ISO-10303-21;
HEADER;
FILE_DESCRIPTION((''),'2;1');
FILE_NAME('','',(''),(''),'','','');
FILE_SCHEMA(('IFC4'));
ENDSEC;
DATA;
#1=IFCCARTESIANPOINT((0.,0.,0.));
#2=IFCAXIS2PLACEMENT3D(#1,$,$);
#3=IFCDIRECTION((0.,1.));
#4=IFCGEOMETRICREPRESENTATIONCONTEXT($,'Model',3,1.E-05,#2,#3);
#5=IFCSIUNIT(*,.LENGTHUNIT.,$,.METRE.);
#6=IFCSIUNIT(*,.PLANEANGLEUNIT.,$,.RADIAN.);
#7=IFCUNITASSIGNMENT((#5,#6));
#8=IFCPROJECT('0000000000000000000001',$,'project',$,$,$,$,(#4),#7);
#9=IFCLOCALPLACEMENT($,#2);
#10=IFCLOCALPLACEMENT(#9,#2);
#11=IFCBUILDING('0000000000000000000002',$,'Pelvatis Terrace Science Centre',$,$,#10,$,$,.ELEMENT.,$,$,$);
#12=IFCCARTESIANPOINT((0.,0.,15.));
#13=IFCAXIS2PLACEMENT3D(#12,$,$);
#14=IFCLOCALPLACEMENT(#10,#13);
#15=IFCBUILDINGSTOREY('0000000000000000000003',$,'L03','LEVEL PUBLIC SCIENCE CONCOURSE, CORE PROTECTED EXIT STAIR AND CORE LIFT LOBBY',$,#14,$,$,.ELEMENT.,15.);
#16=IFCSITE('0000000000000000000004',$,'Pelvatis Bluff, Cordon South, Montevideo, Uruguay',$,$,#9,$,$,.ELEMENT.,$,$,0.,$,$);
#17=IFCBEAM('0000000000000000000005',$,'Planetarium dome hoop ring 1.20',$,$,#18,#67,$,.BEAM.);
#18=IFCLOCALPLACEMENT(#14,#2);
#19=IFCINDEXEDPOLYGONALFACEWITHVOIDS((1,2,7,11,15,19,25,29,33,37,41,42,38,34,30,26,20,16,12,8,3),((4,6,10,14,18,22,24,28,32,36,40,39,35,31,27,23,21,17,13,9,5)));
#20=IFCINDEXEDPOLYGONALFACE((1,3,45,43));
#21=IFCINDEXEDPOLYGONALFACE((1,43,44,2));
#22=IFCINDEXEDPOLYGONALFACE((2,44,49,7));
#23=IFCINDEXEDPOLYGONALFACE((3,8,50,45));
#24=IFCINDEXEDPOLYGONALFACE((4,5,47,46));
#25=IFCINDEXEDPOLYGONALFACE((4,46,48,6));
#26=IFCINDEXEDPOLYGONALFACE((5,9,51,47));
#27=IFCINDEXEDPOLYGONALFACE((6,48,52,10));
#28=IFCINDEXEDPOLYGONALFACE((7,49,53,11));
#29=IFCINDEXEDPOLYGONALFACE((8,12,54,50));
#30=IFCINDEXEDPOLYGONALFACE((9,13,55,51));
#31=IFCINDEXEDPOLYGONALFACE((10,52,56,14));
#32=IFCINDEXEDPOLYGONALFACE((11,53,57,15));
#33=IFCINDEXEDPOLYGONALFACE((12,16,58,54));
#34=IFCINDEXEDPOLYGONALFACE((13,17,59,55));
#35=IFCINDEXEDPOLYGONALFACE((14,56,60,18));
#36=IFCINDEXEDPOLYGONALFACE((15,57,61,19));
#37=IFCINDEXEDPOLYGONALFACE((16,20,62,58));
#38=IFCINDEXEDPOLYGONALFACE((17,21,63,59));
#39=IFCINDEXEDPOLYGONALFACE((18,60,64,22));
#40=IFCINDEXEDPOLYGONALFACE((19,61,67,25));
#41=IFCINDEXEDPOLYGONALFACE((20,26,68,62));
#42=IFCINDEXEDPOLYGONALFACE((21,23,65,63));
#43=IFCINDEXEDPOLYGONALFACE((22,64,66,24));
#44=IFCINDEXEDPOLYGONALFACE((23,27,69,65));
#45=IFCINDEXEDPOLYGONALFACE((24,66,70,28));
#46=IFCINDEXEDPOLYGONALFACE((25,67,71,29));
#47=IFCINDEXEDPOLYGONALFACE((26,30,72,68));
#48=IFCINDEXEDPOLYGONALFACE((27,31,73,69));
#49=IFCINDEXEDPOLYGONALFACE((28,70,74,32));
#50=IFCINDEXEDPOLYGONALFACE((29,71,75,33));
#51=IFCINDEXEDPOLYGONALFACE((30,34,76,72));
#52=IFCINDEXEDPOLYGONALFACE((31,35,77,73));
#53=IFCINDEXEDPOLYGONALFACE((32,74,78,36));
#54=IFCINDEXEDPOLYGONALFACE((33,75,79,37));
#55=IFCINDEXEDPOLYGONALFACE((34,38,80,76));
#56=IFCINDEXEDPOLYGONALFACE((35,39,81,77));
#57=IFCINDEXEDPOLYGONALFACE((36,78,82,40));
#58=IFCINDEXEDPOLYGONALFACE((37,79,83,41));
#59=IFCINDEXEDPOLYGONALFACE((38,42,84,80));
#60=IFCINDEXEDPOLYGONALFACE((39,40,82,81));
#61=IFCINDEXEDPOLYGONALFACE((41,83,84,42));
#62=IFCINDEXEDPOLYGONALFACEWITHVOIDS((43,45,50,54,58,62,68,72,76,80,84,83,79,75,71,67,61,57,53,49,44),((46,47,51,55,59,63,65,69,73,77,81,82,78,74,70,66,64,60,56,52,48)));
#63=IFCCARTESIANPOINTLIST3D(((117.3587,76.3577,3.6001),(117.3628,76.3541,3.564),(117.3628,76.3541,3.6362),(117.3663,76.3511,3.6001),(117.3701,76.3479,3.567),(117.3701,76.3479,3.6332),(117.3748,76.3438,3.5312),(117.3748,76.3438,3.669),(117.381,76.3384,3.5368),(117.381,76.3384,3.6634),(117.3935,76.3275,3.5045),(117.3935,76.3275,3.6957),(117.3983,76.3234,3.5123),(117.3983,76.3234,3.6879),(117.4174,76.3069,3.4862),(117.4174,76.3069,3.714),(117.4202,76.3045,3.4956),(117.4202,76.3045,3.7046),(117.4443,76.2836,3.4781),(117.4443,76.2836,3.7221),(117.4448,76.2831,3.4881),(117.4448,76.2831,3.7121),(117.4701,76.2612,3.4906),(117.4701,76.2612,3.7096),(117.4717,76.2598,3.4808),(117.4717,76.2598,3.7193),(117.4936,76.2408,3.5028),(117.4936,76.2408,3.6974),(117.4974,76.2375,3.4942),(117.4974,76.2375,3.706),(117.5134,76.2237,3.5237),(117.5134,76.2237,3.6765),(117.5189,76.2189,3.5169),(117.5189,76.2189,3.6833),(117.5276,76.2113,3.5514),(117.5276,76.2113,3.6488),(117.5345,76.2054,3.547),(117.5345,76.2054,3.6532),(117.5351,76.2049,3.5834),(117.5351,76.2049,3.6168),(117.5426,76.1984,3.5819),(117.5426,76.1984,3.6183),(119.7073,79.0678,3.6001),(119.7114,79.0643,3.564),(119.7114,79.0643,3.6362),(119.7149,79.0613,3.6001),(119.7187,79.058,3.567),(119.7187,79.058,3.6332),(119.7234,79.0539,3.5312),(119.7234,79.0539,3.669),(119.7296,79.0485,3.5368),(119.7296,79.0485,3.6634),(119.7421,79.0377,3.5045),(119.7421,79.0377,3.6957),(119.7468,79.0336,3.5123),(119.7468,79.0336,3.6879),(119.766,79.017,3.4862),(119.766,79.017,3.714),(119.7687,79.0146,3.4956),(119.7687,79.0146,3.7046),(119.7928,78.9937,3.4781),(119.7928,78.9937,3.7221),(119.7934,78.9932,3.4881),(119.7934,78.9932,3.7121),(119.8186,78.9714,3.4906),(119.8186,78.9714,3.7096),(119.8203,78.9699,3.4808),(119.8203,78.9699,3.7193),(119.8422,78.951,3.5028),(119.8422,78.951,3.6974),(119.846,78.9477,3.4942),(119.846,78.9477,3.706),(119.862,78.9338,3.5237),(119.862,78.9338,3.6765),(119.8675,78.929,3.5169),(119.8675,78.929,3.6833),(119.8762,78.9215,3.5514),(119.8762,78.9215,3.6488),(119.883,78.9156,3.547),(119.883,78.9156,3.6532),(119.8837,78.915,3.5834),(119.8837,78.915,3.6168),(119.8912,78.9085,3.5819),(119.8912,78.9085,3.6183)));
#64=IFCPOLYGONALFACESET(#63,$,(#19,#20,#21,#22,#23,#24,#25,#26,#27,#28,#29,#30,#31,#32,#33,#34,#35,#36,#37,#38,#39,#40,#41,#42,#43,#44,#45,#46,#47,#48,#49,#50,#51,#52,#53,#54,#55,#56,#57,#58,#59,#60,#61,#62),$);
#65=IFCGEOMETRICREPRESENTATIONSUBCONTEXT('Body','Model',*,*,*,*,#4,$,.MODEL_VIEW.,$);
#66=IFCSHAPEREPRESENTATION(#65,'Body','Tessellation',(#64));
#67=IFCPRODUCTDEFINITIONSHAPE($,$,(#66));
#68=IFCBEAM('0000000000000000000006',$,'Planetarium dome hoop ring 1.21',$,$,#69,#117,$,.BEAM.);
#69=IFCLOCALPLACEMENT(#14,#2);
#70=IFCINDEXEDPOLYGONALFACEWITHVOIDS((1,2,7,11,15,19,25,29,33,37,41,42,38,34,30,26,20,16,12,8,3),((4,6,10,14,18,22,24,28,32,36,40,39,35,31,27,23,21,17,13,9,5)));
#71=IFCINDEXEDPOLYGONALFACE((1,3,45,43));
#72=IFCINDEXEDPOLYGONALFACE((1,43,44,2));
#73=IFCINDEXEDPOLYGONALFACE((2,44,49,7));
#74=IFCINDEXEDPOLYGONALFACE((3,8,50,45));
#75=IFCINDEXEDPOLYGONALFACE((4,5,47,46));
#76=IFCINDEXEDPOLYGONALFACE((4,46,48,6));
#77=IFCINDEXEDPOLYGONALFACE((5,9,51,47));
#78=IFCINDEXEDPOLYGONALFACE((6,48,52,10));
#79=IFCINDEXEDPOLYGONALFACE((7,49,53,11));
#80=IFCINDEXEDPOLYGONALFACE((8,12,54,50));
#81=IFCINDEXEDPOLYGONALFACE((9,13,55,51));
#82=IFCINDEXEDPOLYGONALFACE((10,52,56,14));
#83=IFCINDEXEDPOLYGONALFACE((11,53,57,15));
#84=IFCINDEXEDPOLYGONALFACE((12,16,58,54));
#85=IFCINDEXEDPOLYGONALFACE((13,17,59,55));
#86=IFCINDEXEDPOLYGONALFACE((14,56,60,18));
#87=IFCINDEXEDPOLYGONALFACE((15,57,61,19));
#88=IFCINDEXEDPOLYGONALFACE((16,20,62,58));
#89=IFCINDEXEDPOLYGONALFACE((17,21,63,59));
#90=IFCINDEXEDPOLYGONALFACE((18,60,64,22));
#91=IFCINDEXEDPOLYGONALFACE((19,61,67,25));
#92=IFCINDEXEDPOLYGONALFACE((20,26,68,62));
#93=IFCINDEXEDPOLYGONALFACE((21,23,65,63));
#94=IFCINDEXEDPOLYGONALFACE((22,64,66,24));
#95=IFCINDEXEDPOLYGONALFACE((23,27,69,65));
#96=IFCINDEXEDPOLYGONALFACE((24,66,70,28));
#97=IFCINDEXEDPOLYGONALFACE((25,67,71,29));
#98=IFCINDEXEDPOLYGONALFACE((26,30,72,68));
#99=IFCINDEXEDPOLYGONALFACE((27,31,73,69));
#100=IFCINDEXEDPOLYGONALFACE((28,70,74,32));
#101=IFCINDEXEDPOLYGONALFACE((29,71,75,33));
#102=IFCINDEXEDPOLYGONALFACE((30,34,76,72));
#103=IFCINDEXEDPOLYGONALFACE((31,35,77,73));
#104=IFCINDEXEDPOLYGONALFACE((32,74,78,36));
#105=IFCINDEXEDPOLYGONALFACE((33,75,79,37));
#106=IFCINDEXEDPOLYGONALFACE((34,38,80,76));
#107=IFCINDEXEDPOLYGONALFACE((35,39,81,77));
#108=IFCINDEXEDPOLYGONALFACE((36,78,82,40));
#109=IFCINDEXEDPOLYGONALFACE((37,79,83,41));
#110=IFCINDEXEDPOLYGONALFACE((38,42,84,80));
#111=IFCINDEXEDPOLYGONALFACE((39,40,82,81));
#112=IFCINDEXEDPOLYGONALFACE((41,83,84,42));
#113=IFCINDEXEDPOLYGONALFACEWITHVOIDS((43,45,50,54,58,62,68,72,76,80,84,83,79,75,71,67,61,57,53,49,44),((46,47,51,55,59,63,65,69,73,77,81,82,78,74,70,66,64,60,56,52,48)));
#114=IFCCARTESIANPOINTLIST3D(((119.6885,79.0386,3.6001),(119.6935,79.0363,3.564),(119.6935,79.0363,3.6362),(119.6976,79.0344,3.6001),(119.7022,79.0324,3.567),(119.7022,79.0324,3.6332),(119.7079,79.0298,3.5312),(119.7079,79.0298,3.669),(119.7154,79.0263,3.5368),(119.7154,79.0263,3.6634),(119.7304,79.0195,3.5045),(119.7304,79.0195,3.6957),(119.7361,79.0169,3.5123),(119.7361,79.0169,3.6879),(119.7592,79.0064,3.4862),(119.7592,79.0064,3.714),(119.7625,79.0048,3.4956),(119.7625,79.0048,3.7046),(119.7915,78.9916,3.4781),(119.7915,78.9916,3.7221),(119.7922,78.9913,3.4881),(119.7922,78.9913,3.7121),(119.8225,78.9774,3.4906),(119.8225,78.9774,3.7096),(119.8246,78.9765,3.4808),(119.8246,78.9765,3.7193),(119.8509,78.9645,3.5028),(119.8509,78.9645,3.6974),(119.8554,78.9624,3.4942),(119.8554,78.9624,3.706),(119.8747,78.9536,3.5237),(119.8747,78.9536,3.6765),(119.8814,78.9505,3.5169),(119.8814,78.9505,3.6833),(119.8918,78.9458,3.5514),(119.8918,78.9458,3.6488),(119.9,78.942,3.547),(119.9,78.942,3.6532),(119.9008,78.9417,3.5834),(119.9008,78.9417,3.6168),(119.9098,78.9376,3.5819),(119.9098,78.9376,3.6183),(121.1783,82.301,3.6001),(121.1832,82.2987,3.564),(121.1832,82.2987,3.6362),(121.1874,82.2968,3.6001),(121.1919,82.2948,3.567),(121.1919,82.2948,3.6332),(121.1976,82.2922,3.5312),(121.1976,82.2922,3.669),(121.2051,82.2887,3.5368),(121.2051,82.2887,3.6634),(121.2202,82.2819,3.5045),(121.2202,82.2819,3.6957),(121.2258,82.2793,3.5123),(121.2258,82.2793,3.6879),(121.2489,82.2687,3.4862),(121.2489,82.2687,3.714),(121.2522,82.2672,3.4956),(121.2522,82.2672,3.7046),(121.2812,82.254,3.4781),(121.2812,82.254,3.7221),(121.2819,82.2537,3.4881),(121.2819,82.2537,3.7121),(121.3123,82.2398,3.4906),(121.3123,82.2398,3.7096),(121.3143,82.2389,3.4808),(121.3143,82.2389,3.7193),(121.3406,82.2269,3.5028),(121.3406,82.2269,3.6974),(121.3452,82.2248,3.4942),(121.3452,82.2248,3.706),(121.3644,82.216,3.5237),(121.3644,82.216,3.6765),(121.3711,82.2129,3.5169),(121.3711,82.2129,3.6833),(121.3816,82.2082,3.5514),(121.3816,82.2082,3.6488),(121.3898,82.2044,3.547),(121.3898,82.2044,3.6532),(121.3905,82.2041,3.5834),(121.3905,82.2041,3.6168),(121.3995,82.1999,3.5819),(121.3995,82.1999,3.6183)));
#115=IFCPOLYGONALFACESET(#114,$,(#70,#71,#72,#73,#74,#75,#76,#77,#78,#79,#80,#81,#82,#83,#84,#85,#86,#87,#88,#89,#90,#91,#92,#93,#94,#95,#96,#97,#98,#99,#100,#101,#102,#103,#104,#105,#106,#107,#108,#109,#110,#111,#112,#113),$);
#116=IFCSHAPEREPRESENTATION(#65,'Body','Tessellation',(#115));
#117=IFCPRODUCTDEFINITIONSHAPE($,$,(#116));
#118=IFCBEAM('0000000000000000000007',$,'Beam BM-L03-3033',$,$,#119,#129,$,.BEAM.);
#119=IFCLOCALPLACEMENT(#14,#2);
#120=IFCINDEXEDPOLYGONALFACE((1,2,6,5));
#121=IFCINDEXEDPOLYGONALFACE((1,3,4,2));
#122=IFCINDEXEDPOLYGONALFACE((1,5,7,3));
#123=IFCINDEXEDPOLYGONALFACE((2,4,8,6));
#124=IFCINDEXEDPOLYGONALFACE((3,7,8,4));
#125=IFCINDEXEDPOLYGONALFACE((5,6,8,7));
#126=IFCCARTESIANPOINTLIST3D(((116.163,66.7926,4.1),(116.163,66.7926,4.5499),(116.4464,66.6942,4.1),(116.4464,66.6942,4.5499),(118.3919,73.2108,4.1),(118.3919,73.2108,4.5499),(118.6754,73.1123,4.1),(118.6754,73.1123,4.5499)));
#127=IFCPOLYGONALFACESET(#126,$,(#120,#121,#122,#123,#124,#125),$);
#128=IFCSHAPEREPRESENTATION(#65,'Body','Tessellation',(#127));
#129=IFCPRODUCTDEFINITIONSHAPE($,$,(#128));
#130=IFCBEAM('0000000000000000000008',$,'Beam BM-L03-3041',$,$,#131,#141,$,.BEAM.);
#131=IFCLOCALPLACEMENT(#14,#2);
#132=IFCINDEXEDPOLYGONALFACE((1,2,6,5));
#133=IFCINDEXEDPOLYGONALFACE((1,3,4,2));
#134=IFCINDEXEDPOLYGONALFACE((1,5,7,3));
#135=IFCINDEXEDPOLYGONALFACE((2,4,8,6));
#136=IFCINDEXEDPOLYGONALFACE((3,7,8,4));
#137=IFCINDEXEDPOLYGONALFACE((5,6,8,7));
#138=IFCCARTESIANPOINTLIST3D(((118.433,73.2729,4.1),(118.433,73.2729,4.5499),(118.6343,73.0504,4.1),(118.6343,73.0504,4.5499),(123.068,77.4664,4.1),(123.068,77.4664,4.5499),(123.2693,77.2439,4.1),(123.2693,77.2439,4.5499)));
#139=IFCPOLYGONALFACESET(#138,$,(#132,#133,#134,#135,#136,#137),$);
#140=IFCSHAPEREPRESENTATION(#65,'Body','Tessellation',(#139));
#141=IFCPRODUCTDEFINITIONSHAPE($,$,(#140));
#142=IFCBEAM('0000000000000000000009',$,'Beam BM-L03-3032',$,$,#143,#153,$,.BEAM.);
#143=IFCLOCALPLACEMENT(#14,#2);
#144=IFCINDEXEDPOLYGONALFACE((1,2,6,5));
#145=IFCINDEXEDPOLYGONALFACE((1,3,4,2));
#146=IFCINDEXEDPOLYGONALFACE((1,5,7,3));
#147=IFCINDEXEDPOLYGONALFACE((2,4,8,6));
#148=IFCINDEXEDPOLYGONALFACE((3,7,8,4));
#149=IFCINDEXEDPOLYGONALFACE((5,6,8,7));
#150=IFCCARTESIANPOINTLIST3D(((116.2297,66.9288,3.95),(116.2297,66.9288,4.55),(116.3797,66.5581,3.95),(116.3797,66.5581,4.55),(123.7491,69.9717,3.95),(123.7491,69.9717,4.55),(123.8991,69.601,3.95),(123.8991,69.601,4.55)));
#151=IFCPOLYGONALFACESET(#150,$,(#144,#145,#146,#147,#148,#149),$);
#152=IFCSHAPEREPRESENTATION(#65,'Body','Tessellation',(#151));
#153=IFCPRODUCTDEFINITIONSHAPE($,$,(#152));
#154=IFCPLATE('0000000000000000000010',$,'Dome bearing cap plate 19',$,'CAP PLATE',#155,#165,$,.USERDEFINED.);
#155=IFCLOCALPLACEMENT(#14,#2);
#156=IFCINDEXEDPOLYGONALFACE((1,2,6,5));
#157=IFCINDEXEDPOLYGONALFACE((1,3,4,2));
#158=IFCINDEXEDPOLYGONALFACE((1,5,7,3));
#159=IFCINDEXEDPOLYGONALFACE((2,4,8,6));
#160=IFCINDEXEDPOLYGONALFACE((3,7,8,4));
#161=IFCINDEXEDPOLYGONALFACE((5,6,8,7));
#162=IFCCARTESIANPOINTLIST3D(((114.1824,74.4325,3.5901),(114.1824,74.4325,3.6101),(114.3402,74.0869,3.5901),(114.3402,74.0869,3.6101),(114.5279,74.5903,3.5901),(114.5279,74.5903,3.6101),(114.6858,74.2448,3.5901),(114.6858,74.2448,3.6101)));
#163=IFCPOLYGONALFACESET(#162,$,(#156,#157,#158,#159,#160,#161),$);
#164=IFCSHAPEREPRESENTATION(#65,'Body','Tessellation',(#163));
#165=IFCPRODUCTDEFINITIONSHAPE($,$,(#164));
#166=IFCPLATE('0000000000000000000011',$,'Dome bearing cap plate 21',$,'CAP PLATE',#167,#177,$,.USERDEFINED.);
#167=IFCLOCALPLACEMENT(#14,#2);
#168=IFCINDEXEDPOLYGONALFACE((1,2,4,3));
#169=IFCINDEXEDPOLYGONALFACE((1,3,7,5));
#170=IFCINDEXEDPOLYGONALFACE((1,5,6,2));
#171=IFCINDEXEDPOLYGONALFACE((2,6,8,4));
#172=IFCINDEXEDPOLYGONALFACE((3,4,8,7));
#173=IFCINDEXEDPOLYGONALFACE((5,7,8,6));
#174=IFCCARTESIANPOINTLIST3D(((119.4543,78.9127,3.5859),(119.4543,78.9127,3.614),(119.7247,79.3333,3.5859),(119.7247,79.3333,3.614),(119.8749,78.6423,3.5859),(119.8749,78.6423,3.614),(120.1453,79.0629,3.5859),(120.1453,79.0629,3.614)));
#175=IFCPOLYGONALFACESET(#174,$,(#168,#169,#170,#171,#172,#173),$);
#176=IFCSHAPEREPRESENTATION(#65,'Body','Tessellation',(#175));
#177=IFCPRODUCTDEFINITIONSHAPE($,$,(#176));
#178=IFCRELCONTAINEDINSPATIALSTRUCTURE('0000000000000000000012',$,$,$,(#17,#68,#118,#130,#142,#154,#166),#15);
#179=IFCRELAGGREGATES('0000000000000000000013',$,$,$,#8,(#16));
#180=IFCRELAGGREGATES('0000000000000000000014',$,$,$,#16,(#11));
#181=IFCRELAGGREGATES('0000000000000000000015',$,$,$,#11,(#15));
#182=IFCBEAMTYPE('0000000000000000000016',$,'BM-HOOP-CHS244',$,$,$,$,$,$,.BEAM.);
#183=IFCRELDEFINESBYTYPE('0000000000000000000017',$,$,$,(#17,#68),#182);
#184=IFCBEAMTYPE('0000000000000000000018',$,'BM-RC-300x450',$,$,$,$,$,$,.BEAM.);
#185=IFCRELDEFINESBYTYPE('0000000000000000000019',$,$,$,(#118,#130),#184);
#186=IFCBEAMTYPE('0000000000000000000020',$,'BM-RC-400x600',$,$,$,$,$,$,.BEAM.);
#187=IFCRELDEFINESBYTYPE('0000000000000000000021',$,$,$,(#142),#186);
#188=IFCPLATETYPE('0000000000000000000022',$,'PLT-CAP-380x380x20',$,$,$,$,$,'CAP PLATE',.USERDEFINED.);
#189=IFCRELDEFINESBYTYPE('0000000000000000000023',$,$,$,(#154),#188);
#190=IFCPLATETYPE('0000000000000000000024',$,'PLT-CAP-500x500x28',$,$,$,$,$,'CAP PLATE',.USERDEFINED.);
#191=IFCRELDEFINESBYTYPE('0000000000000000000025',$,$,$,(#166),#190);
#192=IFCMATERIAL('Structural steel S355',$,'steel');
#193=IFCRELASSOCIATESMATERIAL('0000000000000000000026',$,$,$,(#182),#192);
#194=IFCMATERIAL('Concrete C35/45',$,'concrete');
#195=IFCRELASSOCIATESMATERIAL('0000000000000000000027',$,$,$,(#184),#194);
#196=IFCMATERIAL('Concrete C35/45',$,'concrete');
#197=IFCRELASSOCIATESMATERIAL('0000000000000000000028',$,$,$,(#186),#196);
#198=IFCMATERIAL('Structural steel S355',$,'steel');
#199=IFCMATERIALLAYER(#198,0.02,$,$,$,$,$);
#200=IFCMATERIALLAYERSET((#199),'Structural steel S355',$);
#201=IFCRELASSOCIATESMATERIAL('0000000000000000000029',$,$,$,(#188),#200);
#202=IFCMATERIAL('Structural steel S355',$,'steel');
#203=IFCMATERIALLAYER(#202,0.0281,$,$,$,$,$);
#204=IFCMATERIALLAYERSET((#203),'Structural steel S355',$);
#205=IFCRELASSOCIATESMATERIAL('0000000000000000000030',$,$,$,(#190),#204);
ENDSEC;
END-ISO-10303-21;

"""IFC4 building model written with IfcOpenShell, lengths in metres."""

from ifc_helpers import new_model, si_unit, direction, frame, origin, origin_2d, place, context, subcontext, project, spatial, rectangle, hollow_circle, extrude, material, layer, layer_set, material_profile, profile_set, type_object, element, save


model = new_model("IFC4")

# Units and contexts
model_context = context("Model", 3, precision=1e-05, world=origin(), true_north=direction((0.0, 1.0)))
body_context = subcontext(model_context, "Body", "Model", "MODEL_VIEW")
ifc_project = project(units=[si_unit("LENGTHUNIT", "METRE"), si_unit("PLANEANGLEUNIT", "RADIAN")], contexts=[model_context])

# Site, building, storey
site_placement = place(None, origin())
site = spatial("IfcSite", under=ifc_project, at=site_placement, Name="Pelvatis Bluff, Cordon South, Montevideo, Uruguay", CompositionType="ELEMENT", RefElevation=0.0)
building_placement = place(site_placement, origin())
building = spatial("IfcBuilding", under=site, at=building_placement, Name="Pelvatis Terrace Science Centre", CompositionType="ELEMENT")
storey_placement = place(building_placement, frame((0.0, 0.0, 15.0)))
storey = spatial("IfcBuildingStorey", under=building, at=storey_placement, Name="L03", Description="LEVEL PUBLIC SCIENCE CONCOURSE, CORE PROTECTED EXIT STAIR AND CORE LIFT LOBBY", CompositionType="ELEMENT", Elevation=15.0)

# Beams
ifc_material_1 = material(Name="Structural steel S355", Category="steel")
ifc_material_profile_1 = material_profile(ifc_material_1, hollow_circle(Radius=0.1223, WallThickness=0.01, at=origin_2d()), Name="CHS 244.5x10.0")
ifc_profile_set_1 = profile_set([ifc_material_profile_1], Name="Structural steel S355")
beam_type_1 = type_object("IfcBeamType", Name="BM-HOOP-CHS244", PredefinedType="BEAM", material=ifc_profile_set_1)
beam_1_placement = place(storey_placement, frame((117.4512, 76.2776, 3.6001), z_axis=(0.654897, 0.755718, 0.0), x_axis=(-0.755718, 0.654897, 0.0)))
element("IfcBeam", 1, at=beam_1_placement, inside=storey, type_object=beam_type_1, Name="Planetarium dome hoop ring 1.20", PredefinedType="BEAM", context=body_context, shape_type="SweptSolid", body=[
    extrude(hollow_circle(Radius=0.1223, WallThickness=0.01, at=origin_2d()), origin(), (0.0, 0.0, 1.0), 3.5862),
])
beam_2_placement = place(storey_placement, frame((119.7998, 78.9878, 3.6001), z_axis=(0.415377, 0.909649, 0.0), x_axis=(-0.909649, 0.415377, 0.0)))
element("IfcBeam", 2, at=beam_2_placement, inside=storey, type_object=beam_type_1, Name="Planetarium dome hoop ring 1.21", PredefinedType="BEAM", context=body_context, shape_type="SweptSolid", body=[
    extrude(hollow_circle(Radius=0.1223, WallThickness=0.01, at=origin_2d()), origin(), (0.0, 0.0, 1.0), 3.5864),
])
ifc_material_2 = material(Name="Concrete C35/45", Category="concrete")
ifc_material_profile_2 = material_profile(ifc_material_2, rectangle(XDim=0.3, YDim=0.45, at=origin_2d()), Name="RC-BM 300x450")
ifc_profile_set_2 = profile_set([ifc_material_profile_2], Name="Concrete C35/45")
beam_type_2 = type_object("IfcBeamType", Name="BM-RC-300x450", PredefinedType="BEAM", material=ifc_profile_set_2)
beam_3_placement = place(storey_placement, frame((116.3047, 66.7434, 4.325), z_axis=(0.328072, 0.944653, 0.0), x_axis=(-0.944653, 0.328072, 0.0)))
element("IfcBeam", 3, at=beam_3_placement, inside=storey, type_object=beam_type_2, Name="Beam BM-L03-3033", PredefinedType="BEAM", context=body_context, shape_type="SweptSolid", body=[
    extrude(rectangle(XDim=0.3, YDim=0.45, at=origin_2d()), origin(), (0.0, 0.0, 1.0), 6.7942),
])
beam_4_placement = place(storey_placement, frame((118.5337, 73.1616, 4.325), z_axis=(0.741534, 0.670915, 0.0), x_axis=(-0.670915, 0.741534, 0.0)))
element("IfcBeam", 4, at=beam_4_placement, inside=storey, type_object=beam_type_2, Name="Beam BM-L03-3041", PredefinedType="BEAM", context=body_context, shape_type="SweptSolid", body=[
    extrude(rectangle(XDim=0.3, YDim=0.45, at=origin_2d()), origin(), (0.0, 0.0, 1.0), 6.2505),
])
ifc_material_3 = material(Name="Concrete C35/45", Category="concrete")
ifc_material_profile_3 = material_profile(ifc_material_3, rectangle(XDim=0.3999, YDim=0.6001, at=origin_2d()), Name="RC-BM 400x600")
ifc_profile_set_3 = profile_set([ifc_material_profile_3], Name="Concrete C35/45")
beam_type_3 = type_object("IfcBeamType", Name="BM-RC-400x600", PredefinedType="BEAM", material=ifc_profile_set_3)
beam_5_placement = place(storey_placement, frame((116.3047, 66.7434, 4.25), z_axis=(0.926975, 0.375124, 0.0), x_axis=(-0.375124, 0.926975, 0.0)))
element("IfcBeam", 5, at=beam_5_placement, inside=storey, type_object=beam_type_3, Name="Beam BM-L03-3032", PredefinedType="BEAM", context=body_context, shape_type="SweptSolid", body=[
    extrude(rectangle(XDim=0.3999, YDim=0.6001, at=origin_2d()), origin(), (0.0, 0.0, 1.0), 8.1118),
])

# Plates
ifc_material_4 = material(Name="Structural steel S355", Category="steel")
ifc_layer_1 = layer(ifc_material_4, 0.02)
ifc_layer_set_1 = layer_set([ifc_layer_1], Name="Structural steel S355")
plate_type_1 = type_object("IfcPlateType", Name="PLT-CAP-380x380x20", ElementType="CAP PLATE", PredefinedType="USERDEFINED", material=ifc_layer_set_1)
plate_1_placement = place(storey_placement, frame((114.4341, 74.3386, 3.5901), z_axis=(0.0, 0.0, 1.0), x_axis=(0.415487, -0.909599, 0.0)))
element("IfcPlate", 6, at=plate_1_placement, inside=storey, type_object=plate_type_1, Name="Dome bearing cap plate 19", ObjectType="CAP PLATE", PredefinedType="USERDEFINED", context=body_context, shape_type="SweptSolid", body=[
    extrude(rectangle(XDim=0.3799, YDim=0.3799, at=origin_2d()), origin(), (0.0, 0.0, 1.0), 0.02),
])
ifc_material_5 = material(Name="Structural steel S355", Category="steel")
ifc_layer_2 = layer(ifc_material_5, 0.0281)
ifc_layer_set_2 = layer_set([ifc_layer_2], Name="Structural steel S355")
plate_type_2 = type_object("IfcPlateType", Name="PLT-CAP-500x500x28", ElementType="CAP PLATE", PredefinedType="USERDEFINED", material=ifc_layer_set_2)
plate_2_placement = place(storey_placement, frame((119.7998, 78.9878, 3.5859), z_axis=(0.0, 0.0, 1.0), x_axis=(0.841228, -0.540681, 0.0)))
element("IfcPlate", 7, at=plate_2_placement, inside=storey, type_object=plate_type_2, Name="Dome bearing cap plate 21", ObjectType="CAP PLATE", PredefinedType="USERDEFINED", context=body_context, shape_type="SweptSolid", body=[
    extrude(rectangle(XDim=0.5, YDim=0.5, at=origin_2d()), origin(), (0.0, 0.0, 1.0), 0.0281),
])

save(model, "model.ifc")
